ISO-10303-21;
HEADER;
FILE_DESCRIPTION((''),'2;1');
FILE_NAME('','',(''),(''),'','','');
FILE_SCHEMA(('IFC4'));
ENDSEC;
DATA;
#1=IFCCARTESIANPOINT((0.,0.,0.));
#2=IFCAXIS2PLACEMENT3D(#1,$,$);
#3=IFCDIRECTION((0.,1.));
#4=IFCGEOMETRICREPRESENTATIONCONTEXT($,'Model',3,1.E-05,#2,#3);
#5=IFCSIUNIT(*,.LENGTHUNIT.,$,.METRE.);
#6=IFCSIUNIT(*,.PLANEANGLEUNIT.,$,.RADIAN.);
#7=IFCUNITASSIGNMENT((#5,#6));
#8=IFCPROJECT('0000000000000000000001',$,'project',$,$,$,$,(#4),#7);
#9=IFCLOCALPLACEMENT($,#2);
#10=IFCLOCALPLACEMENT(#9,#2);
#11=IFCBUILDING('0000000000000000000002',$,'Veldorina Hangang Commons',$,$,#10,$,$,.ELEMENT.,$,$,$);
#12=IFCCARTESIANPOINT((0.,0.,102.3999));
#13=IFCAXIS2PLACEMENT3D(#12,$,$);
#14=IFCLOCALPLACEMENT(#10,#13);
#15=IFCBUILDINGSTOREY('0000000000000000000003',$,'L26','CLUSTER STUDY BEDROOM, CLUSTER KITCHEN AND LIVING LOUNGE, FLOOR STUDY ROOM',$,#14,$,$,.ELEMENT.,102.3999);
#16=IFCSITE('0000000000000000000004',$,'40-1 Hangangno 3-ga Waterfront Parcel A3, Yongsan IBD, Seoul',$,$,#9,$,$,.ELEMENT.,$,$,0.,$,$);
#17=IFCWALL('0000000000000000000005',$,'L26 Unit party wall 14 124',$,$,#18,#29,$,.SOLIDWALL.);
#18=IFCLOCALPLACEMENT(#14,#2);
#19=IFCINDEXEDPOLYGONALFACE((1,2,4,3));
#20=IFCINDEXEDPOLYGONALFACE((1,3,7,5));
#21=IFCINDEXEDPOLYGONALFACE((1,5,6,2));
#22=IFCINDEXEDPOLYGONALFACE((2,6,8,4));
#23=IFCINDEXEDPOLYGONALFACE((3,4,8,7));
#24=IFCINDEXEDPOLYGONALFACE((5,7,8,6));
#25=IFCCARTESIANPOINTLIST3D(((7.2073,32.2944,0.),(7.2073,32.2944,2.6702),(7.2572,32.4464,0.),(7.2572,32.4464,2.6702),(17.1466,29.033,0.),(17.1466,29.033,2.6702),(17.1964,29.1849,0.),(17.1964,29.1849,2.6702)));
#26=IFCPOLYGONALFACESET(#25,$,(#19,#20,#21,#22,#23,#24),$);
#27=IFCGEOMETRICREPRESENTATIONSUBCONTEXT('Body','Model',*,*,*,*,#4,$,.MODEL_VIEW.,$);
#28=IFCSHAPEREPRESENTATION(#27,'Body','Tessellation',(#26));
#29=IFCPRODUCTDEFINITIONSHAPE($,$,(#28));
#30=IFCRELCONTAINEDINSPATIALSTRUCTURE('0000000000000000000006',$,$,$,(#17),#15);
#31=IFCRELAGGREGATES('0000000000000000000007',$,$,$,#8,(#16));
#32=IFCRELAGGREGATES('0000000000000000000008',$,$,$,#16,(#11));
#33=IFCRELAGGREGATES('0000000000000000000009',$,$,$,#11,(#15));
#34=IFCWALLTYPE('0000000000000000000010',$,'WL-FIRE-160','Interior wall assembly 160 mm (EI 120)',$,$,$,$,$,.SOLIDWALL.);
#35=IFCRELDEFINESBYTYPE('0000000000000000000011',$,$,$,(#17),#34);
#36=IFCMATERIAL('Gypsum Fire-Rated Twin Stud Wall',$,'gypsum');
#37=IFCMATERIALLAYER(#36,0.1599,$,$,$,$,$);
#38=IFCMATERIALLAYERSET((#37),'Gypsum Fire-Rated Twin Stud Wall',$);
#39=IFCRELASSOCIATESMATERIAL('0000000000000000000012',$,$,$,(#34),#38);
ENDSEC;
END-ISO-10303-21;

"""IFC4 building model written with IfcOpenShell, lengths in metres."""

from ifc_helpers import new_model, si_unit, direction, frame, frame_2d, origin, place, context, subcontext, project, spatial, rectangle, extrude, material, layer, layer_set, type_object, element, save


model = new_model("IFC4")

# Units and contexts
model_context = context("Model", 3, precision=1e-05, world=origin(), true_north=direction((0.0, 1.0)))
body_context = subcontext(model_context, "Body", "Model", "MODEL_VIEW")
ifc_project = project(units=[si_unit("LENGTHUNIT", "METRE"), si_unit("PLANEANGLEUNIT", "RADIAN")], contexts=[model_context])

# Site, building, storey
site_placement = place(None, origin())
site = spatial("IfcSite", under=ifc_project, at=site_placement, Name="40-1 Hangangno 3-ga Waterfront Parcel A3, Yongsan IBD, Seoul", CompositionType="ELEMENT", RefElevation=0.0)
building_placement = place(site_placement, origin())
building = spatial("IfcBuilding", under=site, at=building_placement, Name="Veldorina Hangang Commons", CompositionType="ELEMENT")
storey_placement = place(building_placement, frame((0.0, 0.0, 102.3999)))
storey = spatial("IfcBuildingStorey", under=building, at=storey_placement, Name="L26", Description="CLUSTER STUDY BEDROOM, CLUSTER KITCHEN AND LIVING LOUNGE, FLOOR STUDY ROOM", CompositionType="ELEMENT", Elevation=102.3999)

# Shared definitions
ifc_material_1 = material(Name="Gypsum Fire-Rated Twin Stud Wall", Category="gypsum")
ifc_layer_1 = layer(ifc_material_1, 0.1599)
ifc_layer_set_1 = layer_set([ifc_layer_1], Name="Gypsum Fire-Rated Twin Stud Wall")
wall_type_1 = type_object("IfcWallType", Name="WL-FIRE-160", Description="Interior wall assembly 160 mm (EI 120)", PredefinedType="SOLIDWALL", material=ifc_layer_set_1)

# Wall
wall_1_placement = place(storey_placement, frame((17.1716, 29.1089, 0.0), z_axis=(0.0, 0.0, 1.0), x_axis=(-0.950153, 0.311785, 0.0)))
element("IfcWall", 1, at=wall_1_placement, inside=storey, type_object=wall_type_1, Name="L26 Unit party wall 14 124", PredefinedType="SOLIDWALL", context=body_context, shape_type="SweptSolid", body=[
    extrude(rectangle(XDim=10.4607, YDim=0.1599, at=frame_2d((5.2305, 0.0))), origin(), (0.0, 0.0, 1.0), 2.6702),
])

save(model, "model.ifc")
